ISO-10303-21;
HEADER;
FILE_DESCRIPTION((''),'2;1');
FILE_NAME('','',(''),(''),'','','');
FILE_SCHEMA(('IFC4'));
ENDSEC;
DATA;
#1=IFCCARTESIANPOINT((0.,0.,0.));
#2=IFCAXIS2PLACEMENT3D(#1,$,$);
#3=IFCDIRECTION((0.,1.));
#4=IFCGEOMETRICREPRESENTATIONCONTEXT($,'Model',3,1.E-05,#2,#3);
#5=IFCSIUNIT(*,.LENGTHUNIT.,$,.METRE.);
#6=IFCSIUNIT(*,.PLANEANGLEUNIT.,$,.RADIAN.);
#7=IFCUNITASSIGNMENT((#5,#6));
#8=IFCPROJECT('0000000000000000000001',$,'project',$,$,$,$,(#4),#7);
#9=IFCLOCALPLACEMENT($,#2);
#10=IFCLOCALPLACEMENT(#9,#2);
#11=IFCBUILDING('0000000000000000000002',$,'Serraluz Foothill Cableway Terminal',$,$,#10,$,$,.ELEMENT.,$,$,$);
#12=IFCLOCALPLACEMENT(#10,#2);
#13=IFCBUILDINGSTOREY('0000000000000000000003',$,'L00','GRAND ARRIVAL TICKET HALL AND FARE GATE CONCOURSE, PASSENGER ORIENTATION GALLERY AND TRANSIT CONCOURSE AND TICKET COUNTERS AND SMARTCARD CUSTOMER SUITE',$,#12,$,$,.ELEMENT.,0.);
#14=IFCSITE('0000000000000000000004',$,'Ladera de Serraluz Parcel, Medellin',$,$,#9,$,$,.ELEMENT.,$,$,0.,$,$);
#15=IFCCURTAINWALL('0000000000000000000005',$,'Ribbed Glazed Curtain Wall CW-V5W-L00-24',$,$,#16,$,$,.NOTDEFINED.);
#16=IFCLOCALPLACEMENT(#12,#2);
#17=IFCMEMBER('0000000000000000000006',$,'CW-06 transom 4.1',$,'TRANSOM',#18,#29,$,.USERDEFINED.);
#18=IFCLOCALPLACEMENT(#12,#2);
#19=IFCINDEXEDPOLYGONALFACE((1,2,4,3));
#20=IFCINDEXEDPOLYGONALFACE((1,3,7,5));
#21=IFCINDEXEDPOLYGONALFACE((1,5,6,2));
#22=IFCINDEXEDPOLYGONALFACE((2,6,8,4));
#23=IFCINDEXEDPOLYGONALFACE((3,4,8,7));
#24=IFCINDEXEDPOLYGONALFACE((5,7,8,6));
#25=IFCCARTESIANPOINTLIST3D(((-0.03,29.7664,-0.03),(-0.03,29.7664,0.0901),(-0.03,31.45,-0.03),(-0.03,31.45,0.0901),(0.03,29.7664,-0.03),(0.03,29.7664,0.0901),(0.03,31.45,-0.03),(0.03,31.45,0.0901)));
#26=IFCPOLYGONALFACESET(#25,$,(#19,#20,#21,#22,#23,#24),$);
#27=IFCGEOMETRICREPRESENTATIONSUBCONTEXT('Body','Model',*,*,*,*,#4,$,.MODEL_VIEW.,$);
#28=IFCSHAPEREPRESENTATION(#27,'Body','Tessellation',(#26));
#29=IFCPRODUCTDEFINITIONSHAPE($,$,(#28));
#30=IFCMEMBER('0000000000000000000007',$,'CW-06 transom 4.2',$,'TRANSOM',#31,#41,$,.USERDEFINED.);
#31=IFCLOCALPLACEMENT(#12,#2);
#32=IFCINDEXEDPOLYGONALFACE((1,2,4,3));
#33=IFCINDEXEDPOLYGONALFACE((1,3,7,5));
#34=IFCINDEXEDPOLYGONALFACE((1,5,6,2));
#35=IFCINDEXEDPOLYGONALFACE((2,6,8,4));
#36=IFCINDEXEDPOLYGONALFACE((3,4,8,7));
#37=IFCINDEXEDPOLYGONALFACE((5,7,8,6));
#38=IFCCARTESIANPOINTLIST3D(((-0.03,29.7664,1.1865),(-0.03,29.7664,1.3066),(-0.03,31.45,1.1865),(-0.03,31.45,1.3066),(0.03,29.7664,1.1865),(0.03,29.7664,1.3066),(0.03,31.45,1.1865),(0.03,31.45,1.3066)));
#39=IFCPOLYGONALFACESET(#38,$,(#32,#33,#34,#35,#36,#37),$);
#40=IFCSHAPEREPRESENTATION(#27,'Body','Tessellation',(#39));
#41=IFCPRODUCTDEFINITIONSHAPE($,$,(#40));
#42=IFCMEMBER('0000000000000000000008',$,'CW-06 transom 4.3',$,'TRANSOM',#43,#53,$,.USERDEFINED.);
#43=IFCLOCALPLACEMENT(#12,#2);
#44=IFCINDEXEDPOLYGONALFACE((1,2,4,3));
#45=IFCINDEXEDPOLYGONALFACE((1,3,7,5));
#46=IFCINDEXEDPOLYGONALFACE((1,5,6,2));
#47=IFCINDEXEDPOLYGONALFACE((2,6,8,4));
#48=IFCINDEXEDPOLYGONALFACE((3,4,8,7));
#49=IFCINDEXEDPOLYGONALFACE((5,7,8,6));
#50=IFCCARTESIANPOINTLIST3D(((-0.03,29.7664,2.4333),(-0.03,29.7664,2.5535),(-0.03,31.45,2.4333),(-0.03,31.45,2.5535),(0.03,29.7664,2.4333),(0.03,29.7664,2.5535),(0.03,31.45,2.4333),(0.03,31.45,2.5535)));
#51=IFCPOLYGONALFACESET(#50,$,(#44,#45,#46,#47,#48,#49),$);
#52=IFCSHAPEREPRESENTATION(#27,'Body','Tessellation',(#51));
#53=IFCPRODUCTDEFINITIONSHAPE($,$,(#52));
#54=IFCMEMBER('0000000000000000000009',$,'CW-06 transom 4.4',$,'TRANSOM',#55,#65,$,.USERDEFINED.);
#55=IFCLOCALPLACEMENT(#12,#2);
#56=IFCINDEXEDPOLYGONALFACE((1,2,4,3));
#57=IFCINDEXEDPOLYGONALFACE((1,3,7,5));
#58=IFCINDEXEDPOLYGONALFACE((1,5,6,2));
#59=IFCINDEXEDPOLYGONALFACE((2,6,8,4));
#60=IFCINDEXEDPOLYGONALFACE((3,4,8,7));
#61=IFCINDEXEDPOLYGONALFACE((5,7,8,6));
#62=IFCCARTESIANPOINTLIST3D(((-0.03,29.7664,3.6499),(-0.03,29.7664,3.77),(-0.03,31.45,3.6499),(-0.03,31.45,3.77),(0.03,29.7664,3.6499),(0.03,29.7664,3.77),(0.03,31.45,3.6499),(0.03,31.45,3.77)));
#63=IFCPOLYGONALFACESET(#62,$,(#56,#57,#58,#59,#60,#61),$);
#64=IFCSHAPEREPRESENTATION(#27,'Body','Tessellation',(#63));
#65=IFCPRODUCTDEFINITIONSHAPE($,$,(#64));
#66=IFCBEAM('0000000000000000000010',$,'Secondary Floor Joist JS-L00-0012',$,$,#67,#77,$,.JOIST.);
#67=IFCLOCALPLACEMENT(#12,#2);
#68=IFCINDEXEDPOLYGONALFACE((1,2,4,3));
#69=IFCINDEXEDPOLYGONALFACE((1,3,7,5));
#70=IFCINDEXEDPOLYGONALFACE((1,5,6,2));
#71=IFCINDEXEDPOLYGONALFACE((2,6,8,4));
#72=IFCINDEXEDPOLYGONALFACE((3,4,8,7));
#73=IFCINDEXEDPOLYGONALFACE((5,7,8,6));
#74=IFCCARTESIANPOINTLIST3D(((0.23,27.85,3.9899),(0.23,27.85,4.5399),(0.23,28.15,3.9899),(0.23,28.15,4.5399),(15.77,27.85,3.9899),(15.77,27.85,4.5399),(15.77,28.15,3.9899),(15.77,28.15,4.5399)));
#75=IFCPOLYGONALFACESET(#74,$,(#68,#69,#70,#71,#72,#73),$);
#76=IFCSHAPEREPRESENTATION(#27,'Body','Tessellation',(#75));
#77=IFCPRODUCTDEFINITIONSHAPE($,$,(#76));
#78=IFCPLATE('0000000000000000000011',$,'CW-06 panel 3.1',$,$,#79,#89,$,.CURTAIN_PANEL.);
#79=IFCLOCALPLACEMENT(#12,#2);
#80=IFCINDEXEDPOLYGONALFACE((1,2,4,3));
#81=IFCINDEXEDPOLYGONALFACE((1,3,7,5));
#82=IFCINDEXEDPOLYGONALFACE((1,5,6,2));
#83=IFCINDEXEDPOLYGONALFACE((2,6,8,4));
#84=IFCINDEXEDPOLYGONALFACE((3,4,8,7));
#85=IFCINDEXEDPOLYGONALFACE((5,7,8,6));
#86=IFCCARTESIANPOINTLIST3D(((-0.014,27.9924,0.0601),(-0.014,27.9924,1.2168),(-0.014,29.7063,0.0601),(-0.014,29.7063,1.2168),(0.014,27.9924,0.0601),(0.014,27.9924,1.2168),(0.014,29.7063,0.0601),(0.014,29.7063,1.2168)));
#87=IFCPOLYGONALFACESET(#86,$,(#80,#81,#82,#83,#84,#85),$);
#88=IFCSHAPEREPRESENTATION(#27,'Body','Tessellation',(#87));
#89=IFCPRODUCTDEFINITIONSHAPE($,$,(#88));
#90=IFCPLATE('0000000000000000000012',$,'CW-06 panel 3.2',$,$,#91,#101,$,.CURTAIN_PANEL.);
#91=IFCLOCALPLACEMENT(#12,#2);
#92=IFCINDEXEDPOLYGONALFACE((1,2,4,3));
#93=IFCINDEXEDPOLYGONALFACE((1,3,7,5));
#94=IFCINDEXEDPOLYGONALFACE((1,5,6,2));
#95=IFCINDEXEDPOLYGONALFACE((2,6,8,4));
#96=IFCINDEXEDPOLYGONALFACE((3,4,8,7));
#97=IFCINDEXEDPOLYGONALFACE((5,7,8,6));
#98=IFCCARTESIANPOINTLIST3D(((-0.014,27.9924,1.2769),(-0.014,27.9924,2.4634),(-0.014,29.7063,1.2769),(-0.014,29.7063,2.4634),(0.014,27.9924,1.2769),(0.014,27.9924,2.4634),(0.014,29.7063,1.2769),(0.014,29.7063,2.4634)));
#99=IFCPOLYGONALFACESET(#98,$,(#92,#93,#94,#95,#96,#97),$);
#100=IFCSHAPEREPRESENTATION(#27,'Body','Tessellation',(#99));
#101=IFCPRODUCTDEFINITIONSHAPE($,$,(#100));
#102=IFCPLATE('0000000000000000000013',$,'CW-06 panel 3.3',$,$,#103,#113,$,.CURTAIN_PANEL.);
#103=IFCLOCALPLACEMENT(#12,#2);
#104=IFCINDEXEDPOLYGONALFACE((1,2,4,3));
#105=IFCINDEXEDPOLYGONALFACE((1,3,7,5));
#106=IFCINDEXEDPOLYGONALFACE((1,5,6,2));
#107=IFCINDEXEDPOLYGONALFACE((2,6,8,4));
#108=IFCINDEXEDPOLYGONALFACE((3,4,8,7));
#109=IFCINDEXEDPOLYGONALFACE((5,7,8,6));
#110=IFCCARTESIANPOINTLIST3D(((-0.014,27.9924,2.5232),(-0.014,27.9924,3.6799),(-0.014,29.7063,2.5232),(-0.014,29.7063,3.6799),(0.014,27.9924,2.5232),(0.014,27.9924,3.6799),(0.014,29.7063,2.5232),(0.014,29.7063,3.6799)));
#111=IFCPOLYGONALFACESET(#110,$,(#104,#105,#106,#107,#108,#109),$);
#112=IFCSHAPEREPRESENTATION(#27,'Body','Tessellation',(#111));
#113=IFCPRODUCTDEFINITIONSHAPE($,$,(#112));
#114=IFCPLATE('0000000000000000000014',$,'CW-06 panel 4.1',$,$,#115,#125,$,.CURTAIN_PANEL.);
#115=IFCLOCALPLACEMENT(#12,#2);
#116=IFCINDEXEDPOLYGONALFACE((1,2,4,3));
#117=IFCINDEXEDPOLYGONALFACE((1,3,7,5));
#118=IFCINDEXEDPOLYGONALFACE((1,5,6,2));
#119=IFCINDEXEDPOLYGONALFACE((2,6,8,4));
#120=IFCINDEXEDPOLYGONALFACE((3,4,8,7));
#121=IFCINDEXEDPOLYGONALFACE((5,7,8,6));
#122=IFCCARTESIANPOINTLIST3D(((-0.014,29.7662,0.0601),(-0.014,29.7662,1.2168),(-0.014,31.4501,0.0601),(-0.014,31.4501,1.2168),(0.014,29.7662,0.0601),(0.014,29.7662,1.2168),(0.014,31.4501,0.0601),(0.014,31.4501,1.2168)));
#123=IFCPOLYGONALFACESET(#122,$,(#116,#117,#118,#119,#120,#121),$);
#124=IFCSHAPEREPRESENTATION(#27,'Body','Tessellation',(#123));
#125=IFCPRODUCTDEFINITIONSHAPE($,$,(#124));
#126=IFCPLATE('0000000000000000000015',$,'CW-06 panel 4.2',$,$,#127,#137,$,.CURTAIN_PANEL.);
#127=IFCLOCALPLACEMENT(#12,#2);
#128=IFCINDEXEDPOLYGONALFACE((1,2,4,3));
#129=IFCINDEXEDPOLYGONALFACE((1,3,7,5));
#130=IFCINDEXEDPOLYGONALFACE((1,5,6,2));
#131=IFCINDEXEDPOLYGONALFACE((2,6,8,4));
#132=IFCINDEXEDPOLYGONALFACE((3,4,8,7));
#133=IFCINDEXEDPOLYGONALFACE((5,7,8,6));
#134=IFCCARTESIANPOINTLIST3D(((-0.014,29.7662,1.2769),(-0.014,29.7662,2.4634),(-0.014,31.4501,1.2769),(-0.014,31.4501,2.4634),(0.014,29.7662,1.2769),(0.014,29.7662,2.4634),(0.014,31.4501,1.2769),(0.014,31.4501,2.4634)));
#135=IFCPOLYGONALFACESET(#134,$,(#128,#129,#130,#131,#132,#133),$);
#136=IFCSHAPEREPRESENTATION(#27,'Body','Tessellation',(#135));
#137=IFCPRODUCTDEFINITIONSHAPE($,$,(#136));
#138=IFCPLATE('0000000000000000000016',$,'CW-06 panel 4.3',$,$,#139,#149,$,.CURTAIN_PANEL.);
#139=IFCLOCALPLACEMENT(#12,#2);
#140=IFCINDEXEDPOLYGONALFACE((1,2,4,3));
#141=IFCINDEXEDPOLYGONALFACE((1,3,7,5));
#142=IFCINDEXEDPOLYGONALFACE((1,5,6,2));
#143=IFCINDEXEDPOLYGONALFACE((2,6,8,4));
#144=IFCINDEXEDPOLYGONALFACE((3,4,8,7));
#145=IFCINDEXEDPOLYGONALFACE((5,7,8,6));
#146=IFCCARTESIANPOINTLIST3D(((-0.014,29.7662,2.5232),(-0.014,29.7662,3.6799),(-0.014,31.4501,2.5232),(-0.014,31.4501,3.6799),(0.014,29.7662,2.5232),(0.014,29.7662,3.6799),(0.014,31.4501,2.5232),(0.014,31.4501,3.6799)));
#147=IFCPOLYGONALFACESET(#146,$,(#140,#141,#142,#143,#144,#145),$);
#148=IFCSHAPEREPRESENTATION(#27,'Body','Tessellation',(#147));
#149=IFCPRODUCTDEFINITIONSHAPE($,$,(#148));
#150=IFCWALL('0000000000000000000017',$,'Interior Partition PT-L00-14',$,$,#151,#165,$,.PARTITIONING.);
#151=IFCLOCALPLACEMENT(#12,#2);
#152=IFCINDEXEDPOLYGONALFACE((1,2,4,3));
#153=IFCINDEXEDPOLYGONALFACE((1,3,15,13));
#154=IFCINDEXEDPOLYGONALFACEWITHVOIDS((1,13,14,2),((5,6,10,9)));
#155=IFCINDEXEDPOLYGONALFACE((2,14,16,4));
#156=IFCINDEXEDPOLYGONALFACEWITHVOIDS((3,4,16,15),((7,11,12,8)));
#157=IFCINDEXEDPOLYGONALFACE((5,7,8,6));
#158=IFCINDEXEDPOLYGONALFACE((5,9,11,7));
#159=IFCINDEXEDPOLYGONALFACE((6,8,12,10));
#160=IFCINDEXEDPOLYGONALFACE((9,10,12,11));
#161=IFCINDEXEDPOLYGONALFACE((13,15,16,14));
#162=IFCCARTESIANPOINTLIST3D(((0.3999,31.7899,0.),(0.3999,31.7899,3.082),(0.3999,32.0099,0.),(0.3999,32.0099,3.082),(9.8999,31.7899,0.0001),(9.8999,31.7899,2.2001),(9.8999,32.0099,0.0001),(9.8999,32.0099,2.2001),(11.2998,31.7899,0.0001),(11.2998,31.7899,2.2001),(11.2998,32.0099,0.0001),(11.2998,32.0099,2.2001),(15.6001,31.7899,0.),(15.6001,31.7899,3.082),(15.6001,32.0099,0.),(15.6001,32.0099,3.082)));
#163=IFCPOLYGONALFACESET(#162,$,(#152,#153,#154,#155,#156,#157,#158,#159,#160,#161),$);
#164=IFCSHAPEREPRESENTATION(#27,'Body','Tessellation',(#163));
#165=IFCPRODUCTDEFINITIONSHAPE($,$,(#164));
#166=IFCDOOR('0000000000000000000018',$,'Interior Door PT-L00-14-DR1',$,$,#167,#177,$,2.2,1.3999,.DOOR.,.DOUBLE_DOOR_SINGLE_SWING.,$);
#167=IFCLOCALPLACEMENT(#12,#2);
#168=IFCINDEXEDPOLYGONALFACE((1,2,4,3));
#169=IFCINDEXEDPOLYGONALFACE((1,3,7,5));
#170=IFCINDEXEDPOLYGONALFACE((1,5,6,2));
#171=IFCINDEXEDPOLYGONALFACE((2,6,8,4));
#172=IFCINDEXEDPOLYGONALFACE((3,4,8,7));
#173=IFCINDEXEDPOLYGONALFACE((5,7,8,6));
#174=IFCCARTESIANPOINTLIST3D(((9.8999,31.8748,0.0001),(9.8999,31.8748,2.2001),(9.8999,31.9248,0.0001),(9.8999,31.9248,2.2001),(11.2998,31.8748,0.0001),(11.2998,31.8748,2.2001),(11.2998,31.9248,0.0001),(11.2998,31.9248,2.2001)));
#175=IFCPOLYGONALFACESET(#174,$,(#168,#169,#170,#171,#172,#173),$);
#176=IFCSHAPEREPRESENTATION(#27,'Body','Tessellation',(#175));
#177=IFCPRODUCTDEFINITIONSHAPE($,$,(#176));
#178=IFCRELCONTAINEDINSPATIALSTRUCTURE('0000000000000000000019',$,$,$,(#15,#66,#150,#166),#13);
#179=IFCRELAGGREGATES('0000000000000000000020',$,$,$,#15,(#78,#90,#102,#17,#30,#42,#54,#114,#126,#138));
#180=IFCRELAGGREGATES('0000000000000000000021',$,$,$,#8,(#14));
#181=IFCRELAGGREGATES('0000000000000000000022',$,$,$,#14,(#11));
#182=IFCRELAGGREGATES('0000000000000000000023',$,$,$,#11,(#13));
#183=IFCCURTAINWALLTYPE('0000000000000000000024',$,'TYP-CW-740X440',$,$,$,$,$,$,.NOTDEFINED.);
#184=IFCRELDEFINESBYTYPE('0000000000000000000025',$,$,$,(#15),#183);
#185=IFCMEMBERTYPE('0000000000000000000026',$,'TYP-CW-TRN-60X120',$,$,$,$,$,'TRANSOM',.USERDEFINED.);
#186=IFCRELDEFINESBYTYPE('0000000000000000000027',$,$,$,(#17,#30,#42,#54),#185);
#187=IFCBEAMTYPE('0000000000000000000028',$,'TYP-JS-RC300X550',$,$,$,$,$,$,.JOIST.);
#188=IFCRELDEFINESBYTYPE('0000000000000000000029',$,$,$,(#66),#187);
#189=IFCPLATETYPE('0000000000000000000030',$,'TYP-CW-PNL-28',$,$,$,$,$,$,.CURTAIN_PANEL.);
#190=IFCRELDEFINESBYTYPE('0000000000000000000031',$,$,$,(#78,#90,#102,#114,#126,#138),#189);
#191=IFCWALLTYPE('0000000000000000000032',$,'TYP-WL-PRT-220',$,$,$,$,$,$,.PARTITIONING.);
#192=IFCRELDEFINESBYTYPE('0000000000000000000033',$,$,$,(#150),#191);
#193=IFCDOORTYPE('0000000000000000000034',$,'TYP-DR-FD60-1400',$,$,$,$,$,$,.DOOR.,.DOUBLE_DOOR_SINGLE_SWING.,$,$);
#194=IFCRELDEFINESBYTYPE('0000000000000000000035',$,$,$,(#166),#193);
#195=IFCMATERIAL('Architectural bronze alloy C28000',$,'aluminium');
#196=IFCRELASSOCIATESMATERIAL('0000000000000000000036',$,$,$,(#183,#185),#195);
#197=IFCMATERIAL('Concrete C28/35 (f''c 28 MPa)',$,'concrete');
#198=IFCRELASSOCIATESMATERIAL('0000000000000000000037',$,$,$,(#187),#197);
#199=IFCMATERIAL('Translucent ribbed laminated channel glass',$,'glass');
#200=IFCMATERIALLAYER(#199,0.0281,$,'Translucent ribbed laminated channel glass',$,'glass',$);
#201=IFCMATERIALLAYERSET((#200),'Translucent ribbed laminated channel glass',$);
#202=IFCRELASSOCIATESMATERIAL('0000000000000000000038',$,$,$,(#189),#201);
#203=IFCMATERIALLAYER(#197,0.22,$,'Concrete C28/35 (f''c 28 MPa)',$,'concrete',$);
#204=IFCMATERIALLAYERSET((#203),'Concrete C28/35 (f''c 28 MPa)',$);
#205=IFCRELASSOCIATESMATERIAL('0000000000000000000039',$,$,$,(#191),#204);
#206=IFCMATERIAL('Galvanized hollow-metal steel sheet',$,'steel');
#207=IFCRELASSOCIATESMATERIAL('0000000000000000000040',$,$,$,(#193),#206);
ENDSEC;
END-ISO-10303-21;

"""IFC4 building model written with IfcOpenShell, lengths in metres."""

from ifc_helpers import new_model, si_unit, direction, frame, frame_2d, origin, origin_2d, place, context, subcontext, project, spatial, rectangle, extrude, material, layer, layer_set, material_profile, profile_set, type_object, element, fill, aggregate, save


model = new_model("IFC4")

# Units and contexts
model_context = context("Model", 3, precision=1e-05, world=origin(), true_north=direction((0.0, 1.0)))
body_context = subcontext(model_context, "Body", "Model", "MODEL_VIEW")
ifc_project = project(units=[si_unit("LENGTHUNIT", "METRE"), si_unit("PLANEANGLEUNIT", "RADIAN")], contexts=[model_context])

# Site, building, storey
site_placement = place(None, origin())
site = spatial("IfcSite", under=ifc_project, at=site_placement, Name="Ladera de Serraluz Parcel, Medellin", CompositionType="ELEMENT", RefElevation=0.0)
building_placement = place(site_placement, origin())
building = spatial("IfcBuilding", under=site, at=building_placement, Name="Serraluz Foothill Cableway Terminal", CompositionType="ELEMENT")
storey_placement = place(building_placement, origin())
storey = spatial("IfcBuildingStorey", under=building, at=storey_placement, Name="L00", Description="GRAND ARRIVAL TICKET HALL AND FARE GATE CONCOURSE, PASSENGER ORIENTATION GALLERY AND TRANSIT CONCOURSE AND TICKET COUNTERS AND SMARTCARD CUSTOMER SUITE", CompositionType="ELEMENT", Elevation=0.0)

# Shared definitions
ifc_material_1 = material(Name="Concrete C28/35 (f'c 28 MPa)", Category="concrete")

# Curtain wall, members
ifc_material_2 = material(Name="Architectural bronze alloy C28000", Category="aluminium")
curtain_wall_type = type_object("IfcCurtainWallType", Name="TYP-CW-740X440", PredefinedType="NOTDEFINED", material=ifc_material_2)
curtain_wall_placement = place(storey_placement, origin())
curtain_wall = element("IfcCurtainWall", 1, at=curtain_wall_placement, inside=storey, type_object=curtain_wall_type, Name="Ribbed Glazed Curtain Wall CW-V5W-L00-24", PredefinedType="NOTDEFINED")
ifc_material_profile_1 = material_profile(ifc_material_2, rectangle(XDim=0.0601, YDim=0.1201, at=origin_2d()), Name="ALU TRANSOM 60x120")
ifc_profile_set_1 = profile_set([ifc_material_profile_1], Name="Architectural bronze alloy C28000")
member_type_1 = type_object("IfcMemberType", Name="TYP-CW-TRN-60X120", ElementType="TRANSOM", PredefinedType="USERDEFINED", material=ifc_profile_set_1)
member_1_placement = place(storey_placement, frame((0.0, 29.7664, 0.03), z_axis=(0.0, 1.0, 0.0), x_axis=(-1.0, 0.0, 0.0)))
member_1 = element("IfcMember", 2, at=member_1_placement, type_object=member_type_1, Name="CW-06 transom 4.1", ObjectType="TRANSOM", PredefinedType="USERDEFINED", context=body_context, shape_type="SweptSolid", body=[
    extrude(rectangle(XDim=0.0601, YDim=0.1201, at=origin_2d()), origin(), (0.0, 0.0, 1.0), 1.6836),
])
member_2_placement = place(storey_placement, frame((0.0, 29.7664, 1.2466), z_axis=(0.0, 1.0, 0.0), x_axis=(-1.0, 0.0, 0.0)))
member_2 = element("IfcMember", 3, at=member_2_placement, type_object=member_type_1, Name="CW-06 transom 4.2", ObjectType="TRANSOM", PredefinedType="USERDEFINED", context=body_context, shape_type="SweptSolid", body=[
    extrude(rectangle(XDim=0.0601, YDim=0.1201, at=origin_2d()), origin(), (0.0, 0.0, 1.0), 1.6836),
])
member_3_placement = place(storey_placement, frame((0.0, 29.7664, 2.4934), z_axis=(0.0, 1.0, 0.0), x_axis=(-1.0, 0.0, 0.0)))
member_3 = element("IfcMember", 4, at=member_3_placement, type_object=member_type_1, Name="CW-06 transom 4.3", ObjectType="TRANSOM", PredefinedType="USERDEFINED", context=body_context, shape_type="SweptSolid", body=[
    extrude(rectangle(XDim=0.0601, YDim=0.1201, at=origin_2d()), origin(), (0.0, 0.0, 1.0), 1.6836),
])
member_4_placement = place(storey_placement, frame((0.0, 29.7664, 3.71), z_axis=(0.0, 1.0, 0.0), x_axis=(-1.0, 0.0, 0.0)))
member_4 = element("IfcMember", 5, at=member_4_placement, type_object=member_type_1, Name="CW-06 transom 4.4", ObjectType="TRANSOM", PredefinedType="USERDEFINED", context=body_context, shape_type="SweptSolid", body=[
    extrude(rectangle(XDim=0.0601, YDim=0.1201, at=origin_2d()), origin(), (0.0, 0.0, 1.0), 1.6836),
])

# Beam
ifc_material_profile_2 = material_profile(ifc_material_1, rectangle(XDim=0.3, YDim=0.55, at=origin_2d()), Name="RC 300x550")
ifc_profile_set_2 = profile_set([ifc_material_profile_2], Name="Concrete C28/35 (f'c 28 MPa)")
beam_type_1 = type_object("IfcBeamType", Name="TYP-JS-RC300X550", PredefinedType="JOIST", material=ifc_profile_set_2)
beam_1_placement = place(storey_placement, frame((0.23, 28.0, 4.2649), z_axis=(1.0, 0.0, 0.0), x_axis=(0.0, 1.0, 0.0)))
element("IfcBeam", 6, at=beam_1_placement, inside=storey, type_object=beam_type_1, Name="Secondary Floor Joist JS-L00-0012", PredefinedType="JOIST", context=body_context, shape_type="SweptSolid", body=[
    extrude(rectangle(XDim=0.3, YDim=0.55, at=origin_2d()), origin(), (0.0, 0.0, 1.0), 15.54),
])

# Plates
ifc_material_3 = material(Name="Translucent ribbed laminated channel glass", Category="glass")
ifc_layer_1 = layer(ifc_material_3, 0.0281, Name="Translucent ribbed laminated channel glass", Category="glass")
ifc_layer_set_1 = layer_set([ifc_layer_1], Name="Translucent ribbed laminated channel glass")
plate_type = type_object("IfcPlateType", Name="TYP-CW-PNL-28", PredefinedType="CURTAIN_PANEL", material=ifc_layer_set_1)
plate_1_placement = place(storey_placement, frame((0.0, 28.8494, 0.0601), z_axis=(0.0, 0.0, 1.0), x_axis=(0.0, 1.0, 0.0)))
plate_1 = element("IfcPlate", 7, at=plate_1_placement, type_object=plate_type, Name="CW-06 panel 3.1", PredefinedType="CURTAIN_PANEL", context=body_context, shape_type="SweptSolid", body=[
    extrude(rectangle(XDim=1.7139, YDim=0.0281, at=origin_2d()), origin(), (0.0, 0.0, 1.0), 1.1567),
])
plate_2_placement = place(storey_placement, frame((0.0, 28.8494, 1.2769), z_axis=(0.0, 0.0, 1.0), x_axis=(0.0, 1.0, 0.0)))
plate_2 = element("IfcPlate", 8, at=plate_2_placement, type_object=plate_type, Name="CW-06 panel 3.2", PredefinedType="CURTAIN_PANEL", context=body_context, shape_type="SweptSolid", body=[
    extrude(rectangle(XDim=1.7139, YDim=0.0281, at=origin_2d()), origin(), (0.0, 0.0, 1.0), 1.1865),
])
plate_3_placement = place(storey_placement, frame((0.0, 28.8494, 2.5232), z_axis=(0.0, 0.0, 1.0), x_axis=(0.0, 1.0, 0.0)))
plate_3 = element("IfcPlate", 9, at=plate_3_placement, type_object=plate_type, Name="CW-06 panel 3.3", PredefinedType="CURTAIN_PANEL", context=body_context, shape_type="SweptSolid", body=[
    extrude(rectangle(XDim=1.7139, YDim=0.0281, at=origin_2d()), origin(), (0.0, 0.0, 1.0), 1.1567),
])
plate_4_placement = place(storey_placement, frame((0.0, 30.6082, 0.0601), z_axis=(0.0, 0.0, 1.0), x_axis=(0.0, 1.0, 0.0)))
plate_4 = element("IfcPlate", 10, at=plate_4_placement, type_object=plate_type, Name="CW-06 panel 4.1", PredefinedType="CURTAIN_PANEL", context=body_context, shape_type="SweptSolid", body=[
    extrude(rectangle(XDim=1.6838, YDim=0.0281, at=origin_2d()), origin(), (0.0, 0.0, 1.0), 1.1567),
])
plate_5_placement = place(storey_placement, frame((0.0, 30.6082, 1.2769), z_axis=(0.0, 0.0, 1.0), x_axis=(0.0, 1.0, 0.0)))
plate_5 = element("IfcPlate", 11, at=plate_5_placement, type_object=plate_type, Name="CW-06 panel 4.2", PredefinedType="CURTAIN_PANEL", context=body_context, shape_type="SweptSolid", body=[
    extrude(rectangle(XDim=1.6838, YDim=0.0281, at=origin_2d()), origin(), (0.0, 0.0, 1.0), 1.1865),
])
plate_6_placement = place(storey_placement, frame((0.0, 30.6082, 2.5232), z_axis=(0.0, 0.0, 1.0), x_axis=(0.0, 1.0, 0.0)))
plate_6 = element("IfcPlate", 12, at=plate_6_placement, type_object=plate_type, Name="CW-06 panel 4.3", PredefinedType="CURTAIN_PANEL", context=body_context, shape_type="SweptSolid", body=[
    extrude(rectangle(XDim=1.6838, YDim=0.0281, at=origin_2d()), origin(), (0.0, 0.0, 1.0), 1.1567),
])
aggregate(curtain_wall, [plate_1, plate_2, plate_3, member_1, member_2, member_3, member_4, plate_4, plate_5, plate_6])

# Wall, opening, door
ifc_layer_2 = layer(ifc_material_1, 0.22, Name="Concrete C28/35 (f'c 28 MPa)", Category="concrete")
ifc_layer_set_2 = layer_set([ifc_layer_2], Name="Concrete C28/35 (f'c 28 MPa)")
wall_type = type_object("IfcWallType", Name="TYP-WL-PRT-220", PredefinedType="PARTITIONING", material=ifc_layer_set_2)
wall_placement = place(storey_placement, frame((0.3999, 31.8999, 0.0), z_axis=(0.0, 0.0, 1.0), x_axis=(1.0, 0.0, 0.0)))
wall = element("IfcWall", 13, at=wall_placement, inside=storey, type_object=wall_type, Name="Interior Partition PT-L00-14", PredefinedType="PARTITIONING", context=body_context, shape_type="SweptSolid", body=[
    extrude(rectangle(XDim=15.2002, YDim=0.22, at=frame_2d((7.6001, 0.0))), origin(), (0.0, 0.0, 1.0), 3.082),
])
opening_placement = place(wall_placement, frame((9.5, 0.0, 0.0)))
opening = element("IfcOpeningElement", 14, at=opening_placement, cuts=wall, PredefinedType="OPENING", context=body_context, shape_type="SweptSolid", body=[
    extrude(rectangle(XDim=1.3999, YDim=2.2, at=frame_2d((0.7, 1.1001))), frame((0.0, 0.1201, 0.0), z_axis=(0.0, -1.0, 0.0), x_axis=(1.0, 0.0, 0.0)), (0.0, 0.0, 1.0), 0.24),
])
ifc_material_4 = material(Name="Galvanized hollow-metal steel sheet", Category="steel")
door_type = type_object("IfcDoorType", Name="TYP-DR-FD60-1400", OperationType="DOUBLE_DOOR_SINGLE_SWING", PredefinedType="DOOR", material=ifc_material_4)
door_placement = place(opening_placement, origin())
door = element("IfcDoor", 15, at=door_placement, inside=storey, type_object=door_type, Name="Interior Door PT-L00-14-DR1", OperationType="DOUBLE_DOOR_SINGLE_SWING", OverallHeight=2.2, OverallWidth=1.3999, PredefinedType="DOOR", context=body_context, shape_type="SweptSolid", body=[
    extrude(rectangle(XDim=1.3999, YDim=2.2, at=frame_2d((0.7, 1.1001))), frame((0.0, 0.0249, 0.0), z_axis=(0.0, -1.0, 0.0), x_axis=(1.0, 0.0, 0.0)), (0.0, 0.0, 1.0), 0.05),
])
fill(opening, door)

save(model, "model.ifc")
